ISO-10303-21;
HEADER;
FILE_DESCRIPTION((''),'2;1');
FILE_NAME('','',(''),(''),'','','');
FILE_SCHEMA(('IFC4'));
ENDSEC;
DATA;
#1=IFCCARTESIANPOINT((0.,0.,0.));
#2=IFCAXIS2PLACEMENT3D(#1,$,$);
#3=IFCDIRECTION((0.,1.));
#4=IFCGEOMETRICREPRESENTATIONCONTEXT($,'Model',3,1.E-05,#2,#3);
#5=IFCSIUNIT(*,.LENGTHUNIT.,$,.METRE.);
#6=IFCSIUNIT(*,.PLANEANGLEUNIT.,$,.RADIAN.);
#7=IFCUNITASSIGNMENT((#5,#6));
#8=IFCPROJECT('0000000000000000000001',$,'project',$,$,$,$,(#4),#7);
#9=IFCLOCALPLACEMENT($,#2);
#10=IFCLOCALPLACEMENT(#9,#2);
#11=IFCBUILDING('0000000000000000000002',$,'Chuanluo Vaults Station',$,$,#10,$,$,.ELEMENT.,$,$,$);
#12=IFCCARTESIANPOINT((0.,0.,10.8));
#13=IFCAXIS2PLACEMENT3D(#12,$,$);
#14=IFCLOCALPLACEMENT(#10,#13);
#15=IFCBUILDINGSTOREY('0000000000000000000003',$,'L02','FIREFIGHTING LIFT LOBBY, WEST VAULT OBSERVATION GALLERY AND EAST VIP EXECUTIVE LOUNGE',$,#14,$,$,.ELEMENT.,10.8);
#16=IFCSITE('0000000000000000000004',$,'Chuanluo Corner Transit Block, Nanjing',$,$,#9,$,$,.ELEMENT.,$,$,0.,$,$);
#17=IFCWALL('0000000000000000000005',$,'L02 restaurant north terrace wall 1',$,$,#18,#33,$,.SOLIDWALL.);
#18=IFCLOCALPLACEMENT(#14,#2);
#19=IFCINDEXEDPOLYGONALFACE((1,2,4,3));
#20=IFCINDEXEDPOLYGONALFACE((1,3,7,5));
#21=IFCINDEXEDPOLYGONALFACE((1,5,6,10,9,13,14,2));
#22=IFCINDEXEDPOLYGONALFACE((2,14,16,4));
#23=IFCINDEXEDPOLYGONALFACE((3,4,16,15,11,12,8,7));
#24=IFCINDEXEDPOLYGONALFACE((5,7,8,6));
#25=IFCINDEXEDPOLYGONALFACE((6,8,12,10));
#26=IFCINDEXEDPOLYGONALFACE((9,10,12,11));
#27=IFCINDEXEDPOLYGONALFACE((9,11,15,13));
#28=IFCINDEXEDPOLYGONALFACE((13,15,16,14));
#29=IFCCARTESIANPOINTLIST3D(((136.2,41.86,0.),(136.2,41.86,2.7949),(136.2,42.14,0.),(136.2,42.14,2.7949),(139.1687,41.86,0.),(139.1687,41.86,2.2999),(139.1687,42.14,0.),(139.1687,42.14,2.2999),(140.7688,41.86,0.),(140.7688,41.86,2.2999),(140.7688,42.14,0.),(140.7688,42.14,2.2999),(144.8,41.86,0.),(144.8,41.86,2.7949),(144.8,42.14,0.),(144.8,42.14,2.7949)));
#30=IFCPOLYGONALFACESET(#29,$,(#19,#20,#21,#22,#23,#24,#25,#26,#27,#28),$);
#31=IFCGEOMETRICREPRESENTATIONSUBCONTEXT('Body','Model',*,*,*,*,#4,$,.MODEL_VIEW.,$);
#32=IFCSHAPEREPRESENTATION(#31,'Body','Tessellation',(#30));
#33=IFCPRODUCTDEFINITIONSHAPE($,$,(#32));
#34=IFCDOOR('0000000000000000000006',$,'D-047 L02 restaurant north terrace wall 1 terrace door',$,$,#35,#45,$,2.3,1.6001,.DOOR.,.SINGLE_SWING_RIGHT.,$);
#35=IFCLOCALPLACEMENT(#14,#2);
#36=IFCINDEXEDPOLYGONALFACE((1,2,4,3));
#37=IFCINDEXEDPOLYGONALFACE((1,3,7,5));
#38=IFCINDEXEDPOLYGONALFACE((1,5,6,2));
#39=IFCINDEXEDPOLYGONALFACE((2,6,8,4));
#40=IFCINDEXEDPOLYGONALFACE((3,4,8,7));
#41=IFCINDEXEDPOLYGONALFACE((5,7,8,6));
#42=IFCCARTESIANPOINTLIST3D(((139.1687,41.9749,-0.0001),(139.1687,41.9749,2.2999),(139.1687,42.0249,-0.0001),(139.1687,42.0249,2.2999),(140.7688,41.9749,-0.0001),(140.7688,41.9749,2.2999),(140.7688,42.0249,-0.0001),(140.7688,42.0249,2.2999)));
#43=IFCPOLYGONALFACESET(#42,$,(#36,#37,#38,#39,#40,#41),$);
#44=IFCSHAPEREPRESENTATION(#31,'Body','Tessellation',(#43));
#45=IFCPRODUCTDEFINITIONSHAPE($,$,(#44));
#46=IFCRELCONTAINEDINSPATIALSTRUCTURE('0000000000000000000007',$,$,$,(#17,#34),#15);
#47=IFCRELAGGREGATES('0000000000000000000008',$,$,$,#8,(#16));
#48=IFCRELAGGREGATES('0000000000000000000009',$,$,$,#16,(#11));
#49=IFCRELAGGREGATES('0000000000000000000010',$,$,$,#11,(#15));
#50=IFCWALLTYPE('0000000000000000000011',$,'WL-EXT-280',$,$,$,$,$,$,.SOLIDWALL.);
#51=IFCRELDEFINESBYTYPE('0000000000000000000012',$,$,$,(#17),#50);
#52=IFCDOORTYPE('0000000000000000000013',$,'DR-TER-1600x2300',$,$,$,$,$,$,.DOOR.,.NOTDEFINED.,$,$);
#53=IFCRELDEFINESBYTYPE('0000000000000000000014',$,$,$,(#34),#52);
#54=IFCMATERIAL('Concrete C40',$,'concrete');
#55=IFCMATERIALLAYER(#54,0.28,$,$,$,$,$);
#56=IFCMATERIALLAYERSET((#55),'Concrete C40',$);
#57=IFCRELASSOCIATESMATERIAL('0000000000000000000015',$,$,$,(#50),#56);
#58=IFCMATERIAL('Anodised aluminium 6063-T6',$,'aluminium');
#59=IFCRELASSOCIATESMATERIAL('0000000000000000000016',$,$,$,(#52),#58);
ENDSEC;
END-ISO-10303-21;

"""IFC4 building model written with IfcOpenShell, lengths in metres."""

from ifc_helpers import new_model, si_unit, direction, frame, frame_2d, origin, place, context, subcontext, project, spatial, rectangle, extrude, material, layer, layer_set, type_object, element, fill, save


model = new_model("IFC4")

# Units and contexts
model_context = context("Model", 3, precision=1e-05, world=origin(), true_north=direction((0.0, 1.0)))
body_context = subcontext(model_context, "Body", "Model", "MODEL_VIEW")
ifc_project = project(units=[si_unit("LENGTHUNIT", "METRE"), si_unit("PLANEANGLEUNIT", "RADIAN")], contexts=[model_context])

# Site, building, storey
site_placement = place(None, origin())
site = spatial("IfcSite", under=ifc_project, at=site_placement, Name="Chuanluo Corner Transit Block, Nanjing", CompositionType="ELEMENT", RefElevation=0.0)
building_placement = place(site_placement, origin())
building = spatial("IfcBuilding", under=site, at=building_placement, Name="Chuanluo Vaults Station", CompositionType="ELEMENT")
storey_placement = place(building_placement, frame((0.0, 0.0, 10.8)))
storey = spatial("IfcBuildingStorey", under=building, at=storey_placement, Name="L02", Description="FIREFIGHTING LIFT LOBBY, WEST VAULT OBSERVATION GALLERY AND EAST VIP EXECUTIVE LOUNGE", CompositionType="ELEMENT", Elevation=10.8)

# Wall, opening, door
ifc_material_1 = material(Name="Concrete C40", Category="concrete")
ifc_layer_1 = layer(ifc_material_1, 0.28)
ifc_layer_set_1 = layer_set([ifc_layer_1], Name="Concrete C40")
wall_type = type_object("IfcWallType", Name="WL-EXT-280", PredefinedType="SOLIDWALL", material=ifc_layer_set_1)
wall_placement = place(storey_placement, frame((136.2, 42.0, 0.0), z_axis=(0.0, 0.0, 1.0), x_axis=(1.0, 0.0, 0.0)))
wall = element("IfcWall", 1, at=wall_placement, inside=storey, type_object=wall_type, Name="L02 restaurant north terrace wall 1", PredefinedType="SOLIDWALL", context=body_context, shape_type="SweptSolid", body=[
    extrude(rectangle(XDim=8.6001, YDim=0.28, at=frame_2d((4.3, 0.0))), origin(), (0.0, 0.0, 1.0), 2.7949),
])
opening_placement = place(wall_placement, frame((2.9688, 0.0, 0.0)))
opening = element("IfcOpeningElement", 2, at=opening_placement, cuts=wall, PredefinedType="OPENING", context=body_context, shape_type="SweptSolid", body=[
    extrude(rectangle(XDim=1.6001, YDim=2.3, at=frame_2d((0.8, 1.1499))), frame((0.0, 0.1501, 0.0), z_axis=(0.0, -1.0, 0.0), x_axis=(1.0, 0.0, 0.0)), (0.0, 0.0, 1.0), 0.3),
])
ifc_material_2 = material(Name="Anodised aluminium 6063-T6", Category="aluminium")
door_type = type_object("IfcDoorType", Name="DR-TER-1600x2300", OperationType="NOTDEFINED", PredefinedType="DOOR", material=ifc_material_2)
door_placement = place(opening_placement, origin())
door = element("IfcDoor", 3, at=door_placement, inside=storey, type_object=door_type, Name="D-047 L02 restaurant north terrace wall 1 terrace door", OperationType="SINGLE_SWING_RIGHT", OverallHeight=2.3, OverallWidth=1.6001, PredefinedType="DOOR", context=body_context, shape_type="SweptSolid", body=[
    extrude(rectangle(XDim=1.6001, YDim=2.3, at=frame_2d((0.8, 1.1499))), frame((0.0, 0.0249, 0.0), z_axis=(0.0, -1.0, 0.0), x_axis=(1.0, 0.0, 0.0)), (0.0, 0.0, 1.0), 0.05),
])
fill(opening, door)

save(model, "model.ifc")
